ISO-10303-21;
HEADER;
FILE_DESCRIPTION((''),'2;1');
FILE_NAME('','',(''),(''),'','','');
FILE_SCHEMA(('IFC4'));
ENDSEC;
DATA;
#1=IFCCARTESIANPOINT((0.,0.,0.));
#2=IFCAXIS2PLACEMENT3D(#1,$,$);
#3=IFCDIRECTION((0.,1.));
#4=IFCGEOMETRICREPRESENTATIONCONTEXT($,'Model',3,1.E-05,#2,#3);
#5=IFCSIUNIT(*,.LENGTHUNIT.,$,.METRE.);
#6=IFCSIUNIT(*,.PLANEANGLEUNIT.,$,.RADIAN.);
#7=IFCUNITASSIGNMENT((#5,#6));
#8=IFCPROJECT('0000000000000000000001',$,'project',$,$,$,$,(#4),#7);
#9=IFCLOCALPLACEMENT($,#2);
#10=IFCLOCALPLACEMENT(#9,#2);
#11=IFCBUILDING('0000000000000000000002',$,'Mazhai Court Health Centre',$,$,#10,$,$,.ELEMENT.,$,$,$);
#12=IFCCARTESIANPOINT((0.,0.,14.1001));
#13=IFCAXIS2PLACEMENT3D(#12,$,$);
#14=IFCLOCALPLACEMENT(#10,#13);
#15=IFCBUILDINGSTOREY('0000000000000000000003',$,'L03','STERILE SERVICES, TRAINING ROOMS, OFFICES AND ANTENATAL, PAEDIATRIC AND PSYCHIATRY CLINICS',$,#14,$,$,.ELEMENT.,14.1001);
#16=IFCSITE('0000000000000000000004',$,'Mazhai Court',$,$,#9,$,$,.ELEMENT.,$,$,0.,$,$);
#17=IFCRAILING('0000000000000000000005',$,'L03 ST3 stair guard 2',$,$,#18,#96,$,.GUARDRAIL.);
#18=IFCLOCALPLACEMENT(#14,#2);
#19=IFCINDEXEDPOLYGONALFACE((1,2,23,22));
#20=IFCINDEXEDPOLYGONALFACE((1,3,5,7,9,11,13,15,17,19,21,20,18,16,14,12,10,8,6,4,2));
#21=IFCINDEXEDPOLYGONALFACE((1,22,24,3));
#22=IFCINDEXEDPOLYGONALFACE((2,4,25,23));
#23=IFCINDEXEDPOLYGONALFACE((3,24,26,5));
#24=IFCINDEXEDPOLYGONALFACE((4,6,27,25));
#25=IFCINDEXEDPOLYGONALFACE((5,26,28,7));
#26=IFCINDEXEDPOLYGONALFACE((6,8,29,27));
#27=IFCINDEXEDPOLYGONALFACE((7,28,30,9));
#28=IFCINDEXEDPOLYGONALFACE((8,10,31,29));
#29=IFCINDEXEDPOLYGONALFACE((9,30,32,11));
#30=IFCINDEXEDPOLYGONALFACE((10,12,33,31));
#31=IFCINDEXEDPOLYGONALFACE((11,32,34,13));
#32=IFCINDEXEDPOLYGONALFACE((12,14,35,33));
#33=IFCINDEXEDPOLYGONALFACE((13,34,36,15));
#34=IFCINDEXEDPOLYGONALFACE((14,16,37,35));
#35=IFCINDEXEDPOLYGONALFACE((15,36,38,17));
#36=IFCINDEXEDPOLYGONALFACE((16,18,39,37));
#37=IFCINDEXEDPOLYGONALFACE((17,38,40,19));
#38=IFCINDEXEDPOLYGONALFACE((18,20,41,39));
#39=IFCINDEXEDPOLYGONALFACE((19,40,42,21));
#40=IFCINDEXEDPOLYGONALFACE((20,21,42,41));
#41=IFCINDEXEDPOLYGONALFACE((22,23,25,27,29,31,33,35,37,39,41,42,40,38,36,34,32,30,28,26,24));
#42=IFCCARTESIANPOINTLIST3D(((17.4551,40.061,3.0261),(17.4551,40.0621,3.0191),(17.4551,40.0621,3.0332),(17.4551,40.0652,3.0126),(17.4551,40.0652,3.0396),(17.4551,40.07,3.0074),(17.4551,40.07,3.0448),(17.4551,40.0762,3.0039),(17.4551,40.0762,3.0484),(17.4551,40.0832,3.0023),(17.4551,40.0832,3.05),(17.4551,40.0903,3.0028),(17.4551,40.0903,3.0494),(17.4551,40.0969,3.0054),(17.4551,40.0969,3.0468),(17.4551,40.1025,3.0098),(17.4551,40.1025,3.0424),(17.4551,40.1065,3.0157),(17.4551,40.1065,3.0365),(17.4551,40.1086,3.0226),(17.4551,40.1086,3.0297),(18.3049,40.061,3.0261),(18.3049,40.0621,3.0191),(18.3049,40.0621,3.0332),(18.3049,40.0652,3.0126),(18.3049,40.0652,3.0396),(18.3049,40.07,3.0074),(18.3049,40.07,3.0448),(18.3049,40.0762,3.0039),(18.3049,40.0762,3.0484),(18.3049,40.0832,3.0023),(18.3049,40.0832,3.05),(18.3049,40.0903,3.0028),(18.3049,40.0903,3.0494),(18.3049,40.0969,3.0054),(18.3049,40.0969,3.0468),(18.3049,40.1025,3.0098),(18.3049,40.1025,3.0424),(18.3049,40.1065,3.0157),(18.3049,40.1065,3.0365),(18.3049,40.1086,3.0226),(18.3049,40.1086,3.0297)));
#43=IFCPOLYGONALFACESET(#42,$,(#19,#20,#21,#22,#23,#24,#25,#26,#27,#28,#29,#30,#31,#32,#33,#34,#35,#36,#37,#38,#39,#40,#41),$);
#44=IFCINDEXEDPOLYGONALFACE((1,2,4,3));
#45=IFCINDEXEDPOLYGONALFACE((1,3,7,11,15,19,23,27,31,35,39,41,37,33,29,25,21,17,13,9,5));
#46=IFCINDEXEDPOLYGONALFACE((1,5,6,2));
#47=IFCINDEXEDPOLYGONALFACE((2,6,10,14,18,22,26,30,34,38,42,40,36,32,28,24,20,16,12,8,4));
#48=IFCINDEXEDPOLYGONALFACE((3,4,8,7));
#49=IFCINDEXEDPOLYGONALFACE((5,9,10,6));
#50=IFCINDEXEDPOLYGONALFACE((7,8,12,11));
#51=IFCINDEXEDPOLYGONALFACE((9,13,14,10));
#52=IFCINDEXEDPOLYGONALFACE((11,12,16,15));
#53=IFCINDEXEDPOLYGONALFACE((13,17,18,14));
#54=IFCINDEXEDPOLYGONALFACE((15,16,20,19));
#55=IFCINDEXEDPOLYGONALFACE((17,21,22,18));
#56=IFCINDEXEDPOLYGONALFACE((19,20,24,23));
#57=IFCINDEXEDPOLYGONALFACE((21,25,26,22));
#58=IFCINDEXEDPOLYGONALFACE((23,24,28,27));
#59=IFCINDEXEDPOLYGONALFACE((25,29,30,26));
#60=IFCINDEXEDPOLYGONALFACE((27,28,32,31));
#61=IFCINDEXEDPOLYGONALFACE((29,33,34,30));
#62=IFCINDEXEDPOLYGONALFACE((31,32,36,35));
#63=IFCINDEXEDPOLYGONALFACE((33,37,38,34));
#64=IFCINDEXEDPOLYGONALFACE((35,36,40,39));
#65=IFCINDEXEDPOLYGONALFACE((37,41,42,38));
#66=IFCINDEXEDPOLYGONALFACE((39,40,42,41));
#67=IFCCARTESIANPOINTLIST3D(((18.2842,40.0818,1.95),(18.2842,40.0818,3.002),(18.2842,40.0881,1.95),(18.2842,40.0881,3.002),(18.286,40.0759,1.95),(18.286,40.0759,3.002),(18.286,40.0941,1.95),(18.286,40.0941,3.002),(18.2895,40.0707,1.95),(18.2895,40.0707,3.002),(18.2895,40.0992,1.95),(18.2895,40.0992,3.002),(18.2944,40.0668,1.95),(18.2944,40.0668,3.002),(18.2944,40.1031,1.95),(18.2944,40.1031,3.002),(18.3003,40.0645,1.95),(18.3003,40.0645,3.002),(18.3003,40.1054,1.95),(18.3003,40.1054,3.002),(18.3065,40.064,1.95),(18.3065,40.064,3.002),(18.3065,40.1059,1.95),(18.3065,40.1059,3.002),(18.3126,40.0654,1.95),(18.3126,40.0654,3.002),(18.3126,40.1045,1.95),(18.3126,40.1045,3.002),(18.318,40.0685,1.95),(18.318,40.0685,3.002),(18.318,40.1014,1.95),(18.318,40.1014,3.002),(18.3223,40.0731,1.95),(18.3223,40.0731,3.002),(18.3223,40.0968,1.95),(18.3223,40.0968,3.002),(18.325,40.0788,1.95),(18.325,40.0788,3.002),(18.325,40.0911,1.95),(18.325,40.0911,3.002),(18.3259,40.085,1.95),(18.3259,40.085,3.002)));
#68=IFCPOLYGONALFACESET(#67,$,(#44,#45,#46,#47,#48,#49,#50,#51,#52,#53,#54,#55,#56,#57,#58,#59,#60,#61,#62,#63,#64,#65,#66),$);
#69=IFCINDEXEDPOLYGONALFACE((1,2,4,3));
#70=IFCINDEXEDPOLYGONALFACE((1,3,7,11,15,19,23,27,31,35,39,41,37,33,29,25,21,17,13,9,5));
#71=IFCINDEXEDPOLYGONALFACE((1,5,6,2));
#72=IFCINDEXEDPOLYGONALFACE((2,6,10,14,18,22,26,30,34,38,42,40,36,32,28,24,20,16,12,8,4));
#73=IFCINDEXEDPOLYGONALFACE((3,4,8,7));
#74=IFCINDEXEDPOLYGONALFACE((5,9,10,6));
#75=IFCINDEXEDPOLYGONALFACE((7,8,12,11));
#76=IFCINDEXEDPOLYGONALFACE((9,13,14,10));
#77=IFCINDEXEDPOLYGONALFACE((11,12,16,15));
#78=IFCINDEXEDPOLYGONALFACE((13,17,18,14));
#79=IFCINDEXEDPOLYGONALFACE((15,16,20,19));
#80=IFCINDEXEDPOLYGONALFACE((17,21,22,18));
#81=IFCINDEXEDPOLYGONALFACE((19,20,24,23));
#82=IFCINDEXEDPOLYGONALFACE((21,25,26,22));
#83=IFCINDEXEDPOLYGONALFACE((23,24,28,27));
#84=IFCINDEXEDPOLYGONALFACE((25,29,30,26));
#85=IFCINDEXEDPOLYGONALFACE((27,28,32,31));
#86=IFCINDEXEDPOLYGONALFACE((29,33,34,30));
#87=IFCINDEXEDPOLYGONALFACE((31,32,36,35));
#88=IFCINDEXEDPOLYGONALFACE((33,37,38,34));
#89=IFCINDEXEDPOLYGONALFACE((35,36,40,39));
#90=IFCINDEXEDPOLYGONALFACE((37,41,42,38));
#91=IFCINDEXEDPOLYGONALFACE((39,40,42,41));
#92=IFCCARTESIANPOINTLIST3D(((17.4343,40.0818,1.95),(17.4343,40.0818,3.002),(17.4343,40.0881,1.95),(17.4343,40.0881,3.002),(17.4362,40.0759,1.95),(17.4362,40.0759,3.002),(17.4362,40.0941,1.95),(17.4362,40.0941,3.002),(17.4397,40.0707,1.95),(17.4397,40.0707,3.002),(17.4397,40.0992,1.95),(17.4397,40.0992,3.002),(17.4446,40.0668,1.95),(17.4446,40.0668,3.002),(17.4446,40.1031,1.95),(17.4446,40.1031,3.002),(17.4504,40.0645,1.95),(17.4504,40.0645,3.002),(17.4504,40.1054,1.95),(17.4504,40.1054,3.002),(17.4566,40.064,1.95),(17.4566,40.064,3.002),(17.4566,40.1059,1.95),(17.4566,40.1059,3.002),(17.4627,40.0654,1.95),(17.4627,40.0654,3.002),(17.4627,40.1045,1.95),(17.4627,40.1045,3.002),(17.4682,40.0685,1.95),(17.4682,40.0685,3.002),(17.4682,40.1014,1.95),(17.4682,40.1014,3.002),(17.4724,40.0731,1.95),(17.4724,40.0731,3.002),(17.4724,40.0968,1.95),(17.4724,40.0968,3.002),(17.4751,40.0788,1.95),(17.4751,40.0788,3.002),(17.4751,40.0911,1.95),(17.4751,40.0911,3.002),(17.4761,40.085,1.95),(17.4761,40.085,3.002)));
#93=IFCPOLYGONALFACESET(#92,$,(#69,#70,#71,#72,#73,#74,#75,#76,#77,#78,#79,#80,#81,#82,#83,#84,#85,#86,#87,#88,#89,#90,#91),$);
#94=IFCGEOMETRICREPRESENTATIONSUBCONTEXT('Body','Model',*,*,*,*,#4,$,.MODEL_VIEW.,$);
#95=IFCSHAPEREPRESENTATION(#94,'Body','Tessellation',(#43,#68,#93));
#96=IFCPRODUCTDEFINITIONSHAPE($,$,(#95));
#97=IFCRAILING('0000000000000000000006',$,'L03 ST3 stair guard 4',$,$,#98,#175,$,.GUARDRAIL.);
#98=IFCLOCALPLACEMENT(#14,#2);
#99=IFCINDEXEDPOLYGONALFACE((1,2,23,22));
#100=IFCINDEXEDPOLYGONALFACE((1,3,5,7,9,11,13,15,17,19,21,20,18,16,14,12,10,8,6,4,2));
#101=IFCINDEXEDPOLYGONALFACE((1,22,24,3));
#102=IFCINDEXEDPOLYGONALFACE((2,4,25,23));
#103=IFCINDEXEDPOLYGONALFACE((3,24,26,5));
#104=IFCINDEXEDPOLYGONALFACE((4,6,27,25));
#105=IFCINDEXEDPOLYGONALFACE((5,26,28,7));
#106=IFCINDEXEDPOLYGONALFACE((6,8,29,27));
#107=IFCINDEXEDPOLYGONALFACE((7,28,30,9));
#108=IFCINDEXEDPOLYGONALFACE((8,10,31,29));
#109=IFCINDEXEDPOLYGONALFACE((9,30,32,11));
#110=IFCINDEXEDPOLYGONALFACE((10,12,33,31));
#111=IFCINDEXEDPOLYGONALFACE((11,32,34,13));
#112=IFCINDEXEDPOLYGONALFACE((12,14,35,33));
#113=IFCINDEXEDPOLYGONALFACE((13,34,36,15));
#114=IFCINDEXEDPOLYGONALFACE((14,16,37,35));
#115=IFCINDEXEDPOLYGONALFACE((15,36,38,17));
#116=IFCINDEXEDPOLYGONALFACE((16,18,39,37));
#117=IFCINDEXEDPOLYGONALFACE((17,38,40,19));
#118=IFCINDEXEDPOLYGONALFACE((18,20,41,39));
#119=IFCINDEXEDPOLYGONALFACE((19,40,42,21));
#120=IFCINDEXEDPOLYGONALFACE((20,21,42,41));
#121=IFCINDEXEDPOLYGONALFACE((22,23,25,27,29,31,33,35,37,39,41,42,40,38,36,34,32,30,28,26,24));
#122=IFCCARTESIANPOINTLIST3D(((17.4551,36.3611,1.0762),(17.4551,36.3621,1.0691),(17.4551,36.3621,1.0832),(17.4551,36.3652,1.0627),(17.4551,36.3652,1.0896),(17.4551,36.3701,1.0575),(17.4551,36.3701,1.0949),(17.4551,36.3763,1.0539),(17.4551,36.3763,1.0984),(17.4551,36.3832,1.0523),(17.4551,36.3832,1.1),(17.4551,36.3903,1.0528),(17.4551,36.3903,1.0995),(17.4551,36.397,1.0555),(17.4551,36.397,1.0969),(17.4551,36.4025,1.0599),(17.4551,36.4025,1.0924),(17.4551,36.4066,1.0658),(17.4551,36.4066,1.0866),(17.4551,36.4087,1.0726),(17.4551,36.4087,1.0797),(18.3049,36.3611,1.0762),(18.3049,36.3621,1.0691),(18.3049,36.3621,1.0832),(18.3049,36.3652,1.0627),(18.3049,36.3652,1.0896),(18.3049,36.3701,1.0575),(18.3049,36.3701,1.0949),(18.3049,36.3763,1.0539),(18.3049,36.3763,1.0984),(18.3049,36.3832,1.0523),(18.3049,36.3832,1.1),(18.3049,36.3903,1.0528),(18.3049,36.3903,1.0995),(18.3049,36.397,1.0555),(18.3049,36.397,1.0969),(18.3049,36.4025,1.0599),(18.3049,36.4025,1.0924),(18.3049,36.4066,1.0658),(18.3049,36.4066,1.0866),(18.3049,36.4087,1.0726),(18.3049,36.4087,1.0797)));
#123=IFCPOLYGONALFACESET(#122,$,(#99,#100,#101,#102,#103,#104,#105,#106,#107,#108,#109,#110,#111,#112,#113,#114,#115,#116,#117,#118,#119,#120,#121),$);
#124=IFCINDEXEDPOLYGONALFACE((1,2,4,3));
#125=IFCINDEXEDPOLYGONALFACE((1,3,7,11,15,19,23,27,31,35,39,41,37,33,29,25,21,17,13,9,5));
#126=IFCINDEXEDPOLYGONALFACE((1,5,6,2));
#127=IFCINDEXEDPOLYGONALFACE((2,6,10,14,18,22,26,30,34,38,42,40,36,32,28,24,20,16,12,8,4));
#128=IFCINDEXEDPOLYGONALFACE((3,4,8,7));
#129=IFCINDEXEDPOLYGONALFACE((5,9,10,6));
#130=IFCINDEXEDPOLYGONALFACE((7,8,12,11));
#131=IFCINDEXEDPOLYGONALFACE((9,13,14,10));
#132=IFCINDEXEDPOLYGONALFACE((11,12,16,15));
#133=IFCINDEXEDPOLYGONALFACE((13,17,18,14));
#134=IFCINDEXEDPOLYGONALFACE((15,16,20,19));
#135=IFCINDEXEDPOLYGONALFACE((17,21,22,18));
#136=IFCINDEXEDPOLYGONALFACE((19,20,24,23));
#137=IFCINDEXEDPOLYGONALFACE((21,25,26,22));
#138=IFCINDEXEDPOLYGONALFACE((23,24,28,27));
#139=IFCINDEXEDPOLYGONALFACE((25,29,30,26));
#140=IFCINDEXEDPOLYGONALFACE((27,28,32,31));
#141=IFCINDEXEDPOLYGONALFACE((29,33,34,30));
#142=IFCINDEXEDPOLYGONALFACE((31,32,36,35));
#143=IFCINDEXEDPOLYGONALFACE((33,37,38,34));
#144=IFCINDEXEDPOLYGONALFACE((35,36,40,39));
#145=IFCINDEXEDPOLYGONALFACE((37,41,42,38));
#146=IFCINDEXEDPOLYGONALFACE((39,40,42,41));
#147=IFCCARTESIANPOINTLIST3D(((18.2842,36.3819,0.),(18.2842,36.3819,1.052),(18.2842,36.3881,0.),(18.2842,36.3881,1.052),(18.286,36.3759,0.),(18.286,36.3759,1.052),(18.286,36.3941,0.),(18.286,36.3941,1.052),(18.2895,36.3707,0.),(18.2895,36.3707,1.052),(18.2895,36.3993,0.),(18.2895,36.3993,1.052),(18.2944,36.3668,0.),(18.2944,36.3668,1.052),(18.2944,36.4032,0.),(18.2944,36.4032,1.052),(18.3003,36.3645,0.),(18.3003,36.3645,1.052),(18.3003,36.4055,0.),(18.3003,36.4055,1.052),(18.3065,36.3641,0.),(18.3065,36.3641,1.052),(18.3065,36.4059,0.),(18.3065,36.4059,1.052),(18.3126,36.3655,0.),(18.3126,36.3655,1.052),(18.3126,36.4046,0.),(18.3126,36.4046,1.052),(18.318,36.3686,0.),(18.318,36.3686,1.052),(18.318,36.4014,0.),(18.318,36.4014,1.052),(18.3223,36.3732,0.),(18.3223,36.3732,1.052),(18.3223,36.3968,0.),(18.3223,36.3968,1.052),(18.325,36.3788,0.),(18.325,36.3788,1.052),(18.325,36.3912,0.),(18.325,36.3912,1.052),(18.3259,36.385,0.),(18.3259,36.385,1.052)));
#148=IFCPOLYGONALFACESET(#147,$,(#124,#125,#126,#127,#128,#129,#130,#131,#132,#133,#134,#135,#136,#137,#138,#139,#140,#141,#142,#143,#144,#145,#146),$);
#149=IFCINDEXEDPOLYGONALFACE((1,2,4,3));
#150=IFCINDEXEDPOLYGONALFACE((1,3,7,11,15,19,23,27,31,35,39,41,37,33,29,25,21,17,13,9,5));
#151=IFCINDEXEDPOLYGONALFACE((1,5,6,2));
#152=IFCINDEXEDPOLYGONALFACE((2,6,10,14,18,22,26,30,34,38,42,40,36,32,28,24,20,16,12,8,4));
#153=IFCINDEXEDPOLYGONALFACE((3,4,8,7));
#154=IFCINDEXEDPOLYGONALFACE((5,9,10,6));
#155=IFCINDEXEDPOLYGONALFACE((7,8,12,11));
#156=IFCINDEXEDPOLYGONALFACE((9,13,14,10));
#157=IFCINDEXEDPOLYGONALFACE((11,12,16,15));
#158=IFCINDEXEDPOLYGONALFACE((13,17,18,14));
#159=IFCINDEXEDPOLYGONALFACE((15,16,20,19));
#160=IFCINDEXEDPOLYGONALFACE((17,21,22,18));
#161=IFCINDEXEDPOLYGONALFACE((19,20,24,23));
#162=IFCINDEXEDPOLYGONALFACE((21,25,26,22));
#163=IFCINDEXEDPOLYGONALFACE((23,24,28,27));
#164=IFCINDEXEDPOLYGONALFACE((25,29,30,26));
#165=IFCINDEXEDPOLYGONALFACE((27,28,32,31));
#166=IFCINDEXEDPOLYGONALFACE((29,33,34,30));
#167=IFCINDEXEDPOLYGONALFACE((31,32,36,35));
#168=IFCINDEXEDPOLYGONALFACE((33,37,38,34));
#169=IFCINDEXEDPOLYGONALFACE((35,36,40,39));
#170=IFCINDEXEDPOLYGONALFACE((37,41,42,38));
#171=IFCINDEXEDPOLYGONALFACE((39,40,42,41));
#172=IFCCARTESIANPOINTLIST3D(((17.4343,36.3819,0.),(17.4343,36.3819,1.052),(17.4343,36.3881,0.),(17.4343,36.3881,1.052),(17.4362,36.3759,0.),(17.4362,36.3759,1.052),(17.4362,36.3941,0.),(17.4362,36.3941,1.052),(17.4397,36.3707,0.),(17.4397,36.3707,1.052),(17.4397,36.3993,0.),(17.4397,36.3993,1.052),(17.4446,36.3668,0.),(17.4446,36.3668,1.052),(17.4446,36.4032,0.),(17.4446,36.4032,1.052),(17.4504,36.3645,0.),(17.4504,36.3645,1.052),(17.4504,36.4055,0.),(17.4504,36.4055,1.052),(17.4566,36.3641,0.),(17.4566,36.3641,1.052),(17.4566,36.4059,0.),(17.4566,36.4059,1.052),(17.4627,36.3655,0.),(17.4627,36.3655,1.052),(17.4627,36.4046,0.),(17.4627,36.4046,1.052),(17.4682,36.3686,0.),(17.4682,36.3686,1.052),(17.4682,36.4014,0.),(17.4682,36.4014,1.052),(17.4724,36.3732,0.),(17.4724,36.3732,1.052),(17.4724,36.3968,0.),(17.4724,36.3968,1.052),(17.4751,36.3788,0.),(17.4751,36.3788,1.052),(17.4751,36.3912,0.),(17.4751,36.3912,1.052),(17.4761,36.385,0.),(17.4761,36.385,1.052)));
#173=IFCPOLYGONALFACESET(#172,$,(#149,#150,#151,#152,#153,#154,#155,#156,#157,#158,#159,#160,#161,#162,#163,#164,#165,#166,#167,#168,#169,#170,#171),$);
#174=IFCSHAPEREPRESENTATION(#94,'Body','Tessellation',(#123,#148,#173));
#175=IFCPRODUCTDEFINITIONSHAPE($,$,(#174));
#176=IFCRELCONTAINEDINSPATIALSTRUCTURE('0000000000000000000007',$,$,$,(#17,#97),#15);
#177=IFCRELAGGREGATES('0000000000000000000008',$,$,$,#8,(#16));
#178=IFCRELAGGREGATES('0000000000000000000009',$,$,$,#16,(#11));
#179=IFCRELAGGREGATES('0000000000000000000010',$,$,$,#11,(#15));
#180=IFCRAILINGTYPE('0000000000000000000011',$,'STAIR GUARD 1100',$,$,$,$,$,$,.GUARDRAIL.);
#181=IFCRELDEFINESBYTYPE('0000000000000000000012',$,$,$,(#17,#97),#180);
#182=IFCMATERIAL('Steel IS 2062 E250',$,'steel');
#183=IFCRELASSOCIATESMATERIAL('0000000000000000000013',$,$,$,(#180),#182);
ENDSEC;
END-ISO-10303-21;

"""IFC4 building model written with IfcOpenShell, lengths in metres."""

from ifc_helpers import new_model, si_unit, direction, frame, origin, origin_2d, place, context, subcontext, project, spatial, circle, extrude, material, type_object, element, save


model = new_model("IFC4")

# Units and contexts
model_context = context("Model", 3, precision=1e-05, world=origin(), true_north=direction((0.0, 1.0)))
body_context = subcontext(model_context, "Body", "Model", "MODEL_VIEW")
ifc_project = project(units=[si_unit("LENGTHUNIT", "METRE"), si_unit("PLANEANGLEUNIT", "RADIAN")], contexts=[model_context])

# Site, building, storey
site_placement = place(None, origin())
site = spatial("IfcSite", under=ifc_project, at=site_placement, Name="Mazhai Court", CompositionType="ELEMENT", RefElevation=0.0)
building_placement = place(site_placement, origin())
building = spatial("IfcBuilding", under=site, at=building_placement, Name="Mazhai Court Health Centre", CompositionType="ELEMENT")
storey_placement = place(building_placement, frame((0.0, 0.0, 14.1001)))
storey = spatial("IfcBuildingStorey", under=building, at=storey_placement, Name="L03", Description="STERILE SERVICES, TRAINING ROOMS, OFFICES AND ANTENATAL, PAEDIATRIC AND PSYCHIATRY CLINICS", CompositionType="ELEMENT", Elevation=14.1001)

# Railings
ifc_material_1 = material(Name="Steel IS 2062 E250", Category="steel")
railing_type_1 = type_object("IfcRailingType", Name="STAIR GUARD 1100", PredefinedType="GUARDRAIL", material=ifc_material_1)
for number, where, name in (
    (1, (18.3049, 40.085, 1.95), "L03 ST3 stair guard 2"),
    (2, (18.3049, 36.385, 0.0), "L03 ST3 stair guard 4"),
):
    element("IfcRailing", number, at=place(storey_placement, frame(where)), inside=storey, type_object=railing_type_1, Name=name, PredefinedType="GUARDRAIL", context=body_context, shape_type="SweptSolid", body=[
        extrude(circle(Radius=0.0239, at=origin_2d()), frame((0.0, 0.0, 1.0762), z_axis=(-1.0, 0.0, 0.0), x_axis=(0.0, -1.0, 0.0)), (0.0, 0.0, 1.0), 0.8499),
        extrude(circle(Radius=0.021, at=origin_2d()), origin(), (0.0, 0.0, 1.0), 1.052),
        extrude(circle(Radius=0.021, at=origin_2d()), frame((-0.8499, 0.0, 0.0)), (0.0, 0.0, 1.0), 1.052),
    ])

save(model, "model.ifc")
